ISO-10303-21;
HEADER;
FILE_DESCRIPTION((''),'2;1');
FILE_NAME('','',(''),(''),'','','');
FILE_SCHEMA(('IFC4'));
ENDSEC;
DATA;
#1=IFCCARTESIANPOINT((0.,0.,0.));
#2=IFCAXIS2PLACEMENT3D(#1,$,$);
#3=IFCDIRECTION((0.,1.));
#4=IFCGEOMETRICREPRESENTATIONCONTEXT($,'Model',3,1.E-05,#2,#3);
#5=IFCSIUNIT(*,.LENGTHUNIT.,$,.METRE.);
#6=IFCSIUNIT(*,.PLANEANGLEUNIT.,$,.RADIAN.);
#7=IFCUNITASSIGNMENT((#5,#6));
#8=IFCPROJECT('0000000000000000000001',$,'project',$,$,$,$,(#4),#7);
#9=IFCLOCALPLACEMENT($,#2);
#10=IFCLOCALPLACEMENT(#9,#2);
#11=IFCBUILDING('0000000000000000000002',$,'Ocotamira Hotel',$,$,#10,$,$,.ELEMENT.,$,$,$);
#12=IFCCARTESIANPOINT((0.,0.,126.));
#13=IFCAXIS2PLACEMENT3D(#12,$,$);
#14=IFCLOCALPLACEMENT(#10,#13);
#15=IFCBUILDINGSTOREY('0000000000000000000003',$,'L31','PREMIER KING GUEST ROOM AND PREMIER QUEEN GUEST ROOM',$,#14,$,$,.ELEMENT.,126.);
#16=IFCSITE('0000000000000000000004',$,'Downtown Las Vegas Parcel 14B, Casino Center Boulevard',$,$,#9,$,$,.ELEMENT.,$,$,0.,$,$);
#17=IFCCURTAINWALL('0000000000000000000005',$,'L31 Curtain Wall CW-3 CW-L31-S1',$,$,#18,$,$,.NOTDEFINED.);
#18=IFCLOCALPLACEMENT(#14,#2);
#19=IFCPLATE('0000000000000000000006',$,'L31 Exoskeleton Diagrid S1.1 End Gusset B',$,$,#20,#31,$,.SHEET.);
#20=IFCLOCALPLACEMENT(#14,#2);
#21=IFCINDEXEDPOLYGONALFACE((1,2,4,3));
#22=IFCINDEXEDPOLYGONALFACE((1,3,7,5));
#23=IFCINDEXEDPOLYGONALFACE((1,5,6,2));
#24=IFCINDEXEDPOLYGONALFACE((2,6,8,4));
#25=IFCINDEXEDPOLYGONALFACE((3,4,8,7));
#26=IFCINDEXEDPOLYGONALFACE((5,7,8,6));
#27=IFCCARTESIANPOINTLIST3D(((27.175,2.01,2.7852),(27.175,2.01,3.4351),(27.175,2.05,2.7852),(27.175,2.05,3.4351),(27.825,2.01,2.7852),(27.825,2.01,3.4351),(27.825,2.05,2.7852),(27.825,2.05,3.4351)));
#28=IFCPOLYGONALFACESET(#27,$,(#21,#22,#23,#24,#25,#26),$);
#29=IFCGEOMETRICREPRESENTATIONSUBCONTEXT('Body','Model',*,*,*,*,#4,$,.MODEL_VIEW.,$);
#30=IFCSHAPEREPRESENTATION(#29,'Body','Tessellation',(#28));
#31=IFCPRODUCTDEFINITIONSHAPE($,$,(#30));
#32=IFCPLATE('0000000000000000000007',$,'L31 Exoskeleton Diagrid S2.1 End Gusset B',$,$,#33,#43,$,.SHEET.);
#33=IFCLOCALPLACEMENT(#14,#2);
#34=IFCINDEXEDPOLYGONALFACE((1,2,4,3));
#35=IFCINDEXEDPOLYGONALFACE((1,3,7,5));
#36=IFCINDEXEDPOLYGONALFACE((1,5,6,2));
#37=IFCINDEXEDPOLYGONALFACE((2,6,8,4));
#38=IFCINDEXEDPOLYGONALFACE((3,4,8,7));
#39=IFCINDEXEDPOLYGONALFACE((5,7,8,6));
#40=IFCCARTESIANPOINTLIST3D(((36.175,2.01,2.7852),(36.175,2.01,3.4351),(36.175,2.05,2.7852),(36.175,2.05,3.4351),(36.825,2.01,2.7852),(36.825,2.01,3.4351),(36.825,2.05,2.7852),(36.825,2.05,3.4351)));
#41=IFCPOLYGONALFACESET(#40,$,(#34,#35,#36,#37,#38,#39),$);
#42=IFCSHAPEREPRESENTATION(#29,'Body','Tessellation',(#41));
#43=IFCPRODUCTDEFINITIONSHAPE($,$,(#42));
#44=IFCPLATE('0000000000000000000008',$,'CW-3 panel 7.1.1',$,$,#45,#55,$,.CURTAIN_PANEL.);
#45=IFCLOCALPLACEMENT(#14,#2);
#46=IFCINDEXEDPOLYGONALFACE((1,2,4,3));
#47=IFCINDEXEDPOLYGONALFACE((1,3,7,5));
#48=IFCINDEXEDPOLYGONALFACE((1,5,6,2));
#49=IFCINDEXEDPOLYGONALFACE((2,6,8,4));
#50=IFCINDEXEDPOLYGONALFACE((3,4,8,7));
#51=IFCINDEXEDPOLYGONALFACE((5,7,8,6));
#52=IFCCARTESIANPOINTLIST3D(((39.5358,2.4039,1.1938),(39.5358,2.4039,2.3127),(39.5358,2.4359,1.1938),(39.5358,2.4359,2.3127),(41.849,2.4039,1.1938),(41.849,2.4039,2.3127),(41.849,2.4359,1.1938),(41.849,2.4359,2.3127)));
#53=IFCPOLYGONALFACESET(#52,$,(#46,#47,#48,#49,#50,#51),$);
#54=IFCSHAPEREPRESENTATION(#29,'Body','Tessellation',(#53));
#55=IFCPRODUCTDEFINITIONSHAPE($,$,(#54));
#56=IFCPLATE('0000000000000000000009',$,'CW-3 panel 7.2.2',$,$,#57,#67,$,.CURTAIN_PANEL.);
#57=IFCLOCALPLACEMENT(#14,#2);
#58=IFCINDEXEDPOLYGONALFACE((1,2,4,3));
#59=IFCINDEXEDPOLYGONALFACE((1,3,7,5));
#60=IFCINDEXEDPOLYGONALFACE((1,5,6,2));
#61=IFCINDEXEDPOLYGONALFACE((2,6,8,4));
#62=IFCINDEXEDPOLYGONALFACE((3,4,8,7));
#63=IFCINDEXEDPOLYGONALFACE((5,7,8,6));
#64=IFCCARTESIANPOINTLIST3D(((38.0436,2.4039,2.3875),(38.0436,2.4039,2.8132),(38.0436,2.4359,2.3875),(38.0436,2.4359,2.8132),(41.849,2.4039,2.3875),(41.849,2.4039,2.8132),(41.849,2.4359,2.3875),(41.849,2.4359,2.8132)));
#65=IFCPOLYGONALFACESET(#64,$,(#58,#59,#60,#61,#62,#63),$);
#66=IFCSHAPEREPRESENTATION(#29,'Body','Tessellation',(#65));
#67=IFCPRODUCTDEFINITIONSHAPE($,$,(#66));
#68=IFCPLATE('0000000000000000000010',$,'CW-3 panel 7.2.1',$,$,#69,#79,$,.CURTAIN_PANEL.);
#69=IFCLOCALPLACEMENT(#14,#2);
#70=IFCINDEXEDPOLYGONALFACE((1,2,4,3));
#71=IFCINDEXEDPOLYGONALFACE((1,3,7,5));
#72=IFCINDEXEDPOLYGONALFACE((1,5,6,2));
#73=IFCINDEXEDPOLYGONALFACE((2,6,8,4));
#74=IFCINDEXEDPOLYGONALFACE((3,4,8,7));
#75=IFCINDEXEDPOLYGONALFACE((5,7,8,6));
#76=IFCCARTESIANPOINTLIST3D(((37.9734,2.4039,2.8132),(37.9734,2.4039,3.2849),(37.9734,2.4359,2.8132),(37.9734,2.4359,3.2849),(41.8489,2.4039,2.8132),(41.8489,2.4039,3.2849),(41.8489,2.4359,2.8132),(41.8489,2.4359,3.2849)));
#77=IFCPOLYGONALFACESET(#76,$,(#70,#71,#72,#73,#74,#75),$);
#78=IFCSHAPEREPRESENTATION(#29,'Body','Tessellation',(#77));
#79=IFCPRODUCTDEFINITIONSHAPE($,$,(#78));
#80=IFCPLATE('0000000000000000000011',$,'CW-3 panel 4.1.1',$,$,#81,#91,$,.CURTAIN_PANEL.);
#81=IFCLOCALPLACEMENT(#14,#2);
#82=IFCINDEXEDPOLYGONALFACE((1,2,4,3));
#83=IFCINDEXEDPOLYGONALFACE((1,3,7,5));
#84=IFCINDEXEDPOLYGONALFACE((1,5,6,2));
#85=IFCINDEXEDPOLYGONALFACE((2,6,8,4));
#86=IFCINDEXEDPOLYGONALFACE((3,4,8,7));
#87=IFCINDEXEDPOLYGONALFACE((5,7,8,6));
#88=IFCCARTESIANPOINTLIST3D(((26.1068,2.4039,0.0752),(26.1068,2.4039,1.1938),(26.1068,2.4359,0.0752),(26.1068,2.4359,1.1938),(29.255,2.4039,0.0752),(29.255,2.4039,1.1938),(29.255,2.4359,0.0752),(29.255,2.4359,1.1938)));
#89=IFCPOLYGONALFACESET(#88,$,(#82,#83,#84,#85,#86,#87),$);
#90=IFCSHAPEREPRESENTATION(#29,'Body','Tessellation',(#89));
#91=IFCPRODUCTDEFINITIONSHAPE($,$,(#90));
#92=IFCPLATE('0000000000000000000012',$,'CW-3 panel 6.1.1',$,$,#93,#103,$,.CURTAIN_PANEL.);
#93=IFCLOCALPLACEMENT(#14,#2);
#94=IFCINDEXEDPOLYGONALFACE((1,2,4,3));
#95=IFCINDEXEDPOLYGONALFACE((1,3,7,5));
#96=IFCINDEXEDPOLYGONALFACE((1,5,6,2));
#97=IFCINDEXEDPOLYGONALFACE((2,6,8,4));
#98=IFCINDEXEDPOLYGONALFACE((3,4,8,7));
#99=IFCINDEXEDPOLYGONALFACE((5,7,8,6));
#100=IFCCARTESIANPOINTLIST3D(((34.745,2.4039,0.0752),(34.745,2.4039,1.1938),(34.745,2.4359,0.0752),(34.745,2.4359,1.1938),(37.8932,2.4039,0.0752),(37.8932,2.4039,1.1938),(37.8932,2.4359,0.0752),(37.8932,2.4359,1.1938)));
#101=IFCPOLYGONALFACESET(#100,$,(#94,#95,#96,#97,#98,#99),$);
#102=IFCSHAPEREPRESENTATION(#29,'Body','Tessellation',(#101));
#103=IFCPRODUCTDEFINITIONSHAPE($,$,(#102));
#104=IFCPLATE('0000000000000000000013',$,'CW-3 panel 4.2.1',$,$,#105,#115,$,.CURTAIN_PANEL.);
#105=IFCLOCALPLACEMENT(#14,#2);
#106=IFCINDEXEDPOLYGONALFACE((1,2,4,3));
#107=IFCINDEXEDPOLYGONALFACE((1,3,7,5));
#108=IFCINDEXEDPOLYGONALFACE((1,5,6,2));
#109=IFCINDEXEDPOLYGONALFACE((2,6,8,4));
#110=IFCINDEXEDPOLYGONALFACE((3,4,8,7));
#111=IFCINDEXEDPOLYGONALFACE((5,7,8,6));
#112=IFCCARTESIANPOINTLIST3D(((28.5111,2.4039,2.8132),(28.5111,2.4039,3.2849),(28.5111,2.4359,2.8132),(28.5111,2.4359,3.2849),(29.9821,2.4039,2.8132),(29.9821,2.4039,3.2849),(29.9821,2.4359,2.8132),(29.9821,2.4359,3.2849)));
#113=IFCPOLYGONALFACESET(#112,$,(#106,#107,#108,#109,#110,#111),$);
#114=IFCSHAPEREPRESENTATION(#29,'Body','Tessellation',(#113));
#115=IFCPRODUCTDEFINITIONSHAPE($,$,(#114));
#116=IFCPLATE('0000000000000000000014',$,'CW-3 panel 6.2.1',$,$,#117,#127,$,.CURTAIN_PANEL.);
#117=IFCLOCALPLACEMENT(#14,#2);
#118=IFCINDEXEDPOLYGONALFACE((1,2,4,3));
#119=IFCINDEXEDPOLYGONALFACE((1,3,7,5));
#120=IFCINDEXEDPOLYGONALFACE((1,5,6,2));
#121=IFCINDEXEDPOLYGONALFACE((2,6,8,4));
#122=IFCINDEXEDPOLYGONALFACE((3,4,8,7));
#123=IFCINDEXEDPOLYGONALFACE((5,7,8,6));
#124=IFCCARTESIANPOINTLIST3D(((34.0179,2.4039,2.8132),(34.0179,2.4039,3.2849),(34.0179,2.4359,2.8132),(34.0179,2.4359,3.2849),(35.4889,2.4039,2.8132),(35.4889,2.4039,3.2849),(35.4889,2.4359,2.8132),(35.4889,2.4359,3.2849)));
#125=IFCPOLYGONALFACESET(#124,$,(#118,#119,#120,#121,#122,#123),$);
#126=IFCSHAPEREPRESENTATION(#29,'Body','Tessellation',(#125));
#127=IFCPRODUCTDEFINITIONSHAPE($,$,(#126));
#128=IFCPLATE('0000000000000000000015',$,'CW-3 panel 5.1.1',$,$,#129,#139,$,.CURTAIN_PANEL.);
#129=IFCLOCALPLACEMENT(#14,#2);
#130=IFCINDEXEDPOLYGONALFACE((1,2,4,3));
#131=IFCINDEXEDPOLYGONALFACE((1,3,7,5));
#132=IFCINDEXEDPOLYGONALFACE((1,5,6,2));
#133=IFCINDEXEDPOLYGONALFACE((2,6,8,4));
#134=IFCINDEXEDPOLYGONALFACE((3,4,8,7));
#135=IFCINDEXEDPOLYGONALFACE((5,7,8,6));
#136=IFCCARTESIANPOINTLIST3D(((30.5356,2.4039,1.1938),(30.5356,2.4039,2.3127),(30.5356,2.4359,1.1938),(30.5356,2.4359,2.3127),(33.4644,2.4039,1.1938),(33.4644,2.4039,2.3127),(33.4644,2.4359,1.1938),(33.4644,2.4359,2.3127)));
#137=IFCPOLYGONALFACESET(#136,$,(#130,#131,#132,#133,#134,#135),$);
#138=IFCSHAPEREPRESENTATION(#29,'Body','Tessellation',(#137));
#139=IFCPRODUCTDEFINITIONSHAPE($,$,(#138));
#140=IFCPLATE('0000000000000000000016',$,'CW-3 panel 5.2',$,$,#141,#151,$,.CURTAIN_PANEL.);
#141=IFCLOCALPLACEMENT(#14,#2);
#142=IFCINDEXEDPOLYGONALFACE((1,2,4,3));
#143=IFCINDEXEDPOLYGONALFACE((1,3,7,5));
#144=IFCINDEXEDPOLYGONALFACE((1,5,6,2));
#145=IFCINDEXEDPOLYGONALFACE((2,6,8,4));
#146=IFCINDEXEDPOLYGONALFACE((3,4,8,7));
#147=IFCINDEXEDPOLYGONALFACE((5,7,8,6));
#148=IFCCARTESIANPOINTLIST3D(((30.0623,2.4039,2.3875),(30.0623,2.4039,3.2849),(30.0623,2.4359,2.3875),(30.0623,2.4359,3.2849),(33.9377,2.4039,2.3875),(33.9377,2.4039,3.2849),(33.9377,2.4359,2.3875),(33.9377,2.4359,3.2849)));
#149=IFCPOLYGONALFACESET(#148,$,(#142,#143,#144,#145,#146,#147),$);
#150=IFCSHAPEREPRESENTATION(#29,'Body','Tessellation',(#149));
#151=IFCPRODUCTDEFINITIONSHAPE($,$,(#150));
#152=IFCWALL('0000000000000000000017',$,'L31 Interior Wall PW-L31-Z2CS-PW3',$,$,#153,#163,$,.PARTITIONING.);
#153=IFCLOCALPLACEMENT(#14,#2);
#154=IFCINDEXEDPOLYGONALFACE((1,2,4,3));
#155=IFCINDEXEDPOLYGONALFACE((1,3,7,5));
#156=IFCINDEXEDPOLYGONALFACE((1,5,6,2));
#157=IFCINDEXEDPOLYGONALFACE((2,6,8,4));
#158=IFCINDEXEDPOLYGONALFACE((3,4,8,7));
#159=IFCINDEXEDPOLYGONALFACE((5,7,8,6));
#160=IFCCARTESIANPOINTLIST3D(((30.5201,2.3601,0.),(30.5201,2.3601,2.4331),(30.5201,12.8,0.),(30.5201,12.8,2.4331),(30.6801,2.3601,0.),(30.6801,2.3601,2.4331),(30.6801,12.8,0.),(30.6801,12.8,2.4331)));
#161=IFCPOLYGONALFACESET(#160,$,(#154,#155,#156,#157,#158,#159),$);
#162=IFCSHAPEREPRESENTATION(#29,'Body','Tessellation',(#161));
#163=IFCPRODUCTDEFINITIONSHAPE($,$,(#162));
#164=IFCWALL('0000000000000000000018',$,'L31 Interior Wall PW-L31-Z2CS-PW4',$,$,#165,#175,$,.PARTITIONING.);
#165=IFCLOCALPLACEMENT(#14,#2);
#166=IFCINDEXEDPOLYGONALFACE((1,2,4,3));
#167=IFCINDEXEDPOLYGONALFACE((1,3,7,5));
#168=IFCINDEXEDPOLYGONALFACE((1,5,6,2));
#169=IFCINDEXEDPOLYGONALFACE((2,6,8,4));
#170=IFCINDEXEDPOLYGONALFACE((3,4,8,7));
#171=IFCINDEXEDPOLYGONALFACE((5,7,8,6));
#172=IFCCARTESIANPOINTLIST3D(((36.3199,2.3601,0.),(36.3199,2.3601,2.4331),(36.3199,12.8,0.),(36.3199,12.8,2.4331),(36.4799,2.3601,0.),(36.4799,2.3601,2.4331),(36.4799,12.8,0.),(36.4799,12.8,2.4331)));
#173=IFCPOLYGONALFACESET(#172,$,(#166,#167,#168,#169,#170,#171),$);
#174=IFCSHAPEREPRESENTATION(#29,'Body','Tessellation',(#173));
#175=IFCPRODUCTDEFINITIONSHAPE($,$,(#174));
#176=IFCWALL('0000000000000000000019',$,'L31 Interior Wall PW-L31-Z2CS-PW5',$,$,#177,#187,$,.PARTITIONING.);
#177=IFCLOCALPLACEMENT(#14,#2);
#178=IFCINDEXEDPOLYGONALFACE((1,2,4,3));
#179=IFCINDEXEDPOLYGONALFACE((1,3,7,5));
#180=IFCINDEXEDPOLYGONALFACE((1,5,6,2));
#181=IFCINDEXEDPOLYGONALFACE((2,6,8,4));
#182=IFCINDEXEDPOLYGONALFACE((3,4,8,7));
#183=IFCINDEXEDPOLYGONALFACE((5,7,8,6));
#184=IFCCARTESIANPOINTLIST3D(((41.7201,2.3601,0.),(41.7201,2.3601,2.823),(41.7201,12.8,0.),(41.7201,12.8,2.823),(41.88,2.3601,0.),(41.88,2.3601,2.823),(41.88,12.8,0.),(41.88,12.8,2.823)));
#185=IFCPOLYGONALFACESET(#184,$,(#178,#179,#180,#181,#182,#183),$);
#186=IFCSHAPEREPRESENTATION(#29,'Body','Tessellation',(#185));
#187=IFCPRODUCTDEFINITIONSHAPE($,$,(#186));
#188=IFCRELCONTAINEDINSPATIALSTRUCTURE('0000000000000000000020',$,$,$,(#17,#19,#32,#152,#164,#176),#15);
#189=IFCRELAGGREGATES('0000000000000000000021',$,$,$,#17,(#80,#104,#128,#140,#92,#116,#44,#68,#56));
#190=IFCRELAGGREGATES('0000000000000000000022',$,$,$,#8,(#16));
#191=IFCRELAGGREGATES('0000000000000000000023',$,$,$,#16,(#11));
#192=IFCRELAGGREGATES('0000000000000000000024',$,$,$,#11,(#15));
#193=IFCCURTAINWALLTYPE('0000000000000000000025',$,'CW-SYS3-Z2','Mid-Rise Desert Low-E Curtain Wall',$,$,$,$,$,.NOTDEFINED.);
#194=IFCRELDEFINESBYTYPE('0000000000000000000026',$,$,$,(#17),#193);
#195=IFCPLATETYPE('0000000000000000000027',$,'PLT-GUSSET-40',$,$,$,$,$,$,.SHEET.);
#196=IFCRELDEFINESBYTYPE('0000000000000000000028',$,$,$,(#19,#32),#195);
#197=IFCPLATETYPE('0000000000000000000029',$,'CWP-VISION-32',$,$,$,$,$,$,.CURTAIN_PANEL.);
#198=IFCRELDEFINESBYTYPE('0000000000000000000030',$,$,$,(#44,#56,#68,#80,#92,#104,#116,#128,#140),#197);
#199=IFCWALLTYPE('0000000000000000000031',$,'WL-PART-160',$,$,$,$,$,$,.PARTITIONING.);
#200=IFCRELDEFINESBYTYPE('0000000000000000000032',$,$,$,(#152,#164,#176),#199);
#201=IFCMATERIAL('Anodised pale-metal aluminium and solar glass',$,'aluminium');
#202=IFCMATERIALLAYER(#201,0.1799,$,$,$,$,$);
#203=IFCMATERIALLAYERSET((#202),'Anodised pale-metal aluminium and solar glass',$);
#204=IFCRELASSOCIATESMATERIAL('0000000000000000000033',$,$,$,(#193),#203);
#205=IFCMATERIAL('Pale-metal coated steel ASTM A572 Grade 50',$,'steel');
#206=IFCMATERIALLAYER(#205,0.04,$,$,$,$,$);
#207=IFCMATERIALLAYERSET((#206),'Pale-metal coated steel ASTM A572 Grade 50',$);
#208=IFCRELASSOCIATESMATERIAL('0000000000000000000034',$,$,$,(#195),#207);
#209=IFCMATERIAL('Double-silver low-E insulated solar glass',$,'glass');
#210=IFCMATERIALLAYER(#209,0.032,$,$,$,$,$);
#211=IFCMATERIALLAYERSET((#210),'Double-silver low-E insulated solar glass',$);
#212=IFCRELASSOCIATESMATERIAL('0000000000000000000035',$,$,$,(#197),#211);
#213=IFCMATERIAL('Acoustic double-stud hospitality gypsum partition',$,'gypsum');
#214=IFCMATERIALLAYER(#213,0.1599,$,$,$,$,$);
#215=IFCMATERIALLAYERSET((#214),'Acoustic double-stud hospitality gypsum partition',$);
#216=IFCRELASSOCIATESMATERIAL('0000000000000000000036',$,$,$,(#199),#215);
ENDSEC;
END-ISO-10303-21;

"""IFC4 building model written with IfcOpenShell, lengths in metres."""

from ifc_helpers import new_model, si_unit, direction, frame, frame_2d, origin, origin_2d, place, context, subcontext, project, spatial, rectangle, extrude, source, transform, mapped, material, layer, layer_set, type_object, element, aggregate, save


model = new_model("IFC4")

# Units and contexts
model_context = context("Model", 3, precision=1e-05, world=origin(), true_north=direction((0.0, 1.0)))
body_context = subcontext(model_context, "Body", "Model", "MODEL_VIEW")
ifc_project = project(units=[si_unit("LENGTHUNIT", "METRE"), si_unit("PLANEANGLEUNIT", "RADIAN")], contexts=[model_context])

# Site, building, storey
site_placement = place(None, origin())
site = spatial("IfcSite", under=ifc_project, at=site_placement, Name="Downtown Las Vegas Parcel 14B, Casino Center Boulevard", CompositionType="ELEMENT", RefElevation=0.0)
building_placement = place(site_placement, origin())
building = spatial("IfcBuilding", under=site, at=building_placement, Name="Ocotamira Hotel", CompositionType="ELEMENT")
storey_placement = place(building_placement, frame((0.0, 0.0, 126.0)))
storey = spatial("IfcBuildingStorey", under=building, at=storey_placement, Name="L31", Description="PREMIER KING GUEST ROOM AND PREMIER QUEEN GUEST ROOM", CompositionType="ELEMENT", Elevation=126.0)

# Curtain wall
ifc_material_1 = material(Name="Anodised pale-metal aluminium and solar glass", Category="aluminium")
ifc_layer_1 = layer(ifc_material_1, 0.1799)
ifc_layer_set_1 = layer_set([ifc_layer_1], Name="Anodised pale-metal aluminium and solar glass")
curtain_wall_type = type_object("IfcCurtainWallType", Name="CW-SYS3-Z2", Description="Mid-Rise Desert Low-E Curtain Wall", PredefinedType="NOTDEFINED", material=ifc_layer_set_1)
curtain_wall_placement = place(storey_placement, origin())
curtain_wall = element("IfcCurtainWall", 1, at=curtain_wall_placement, inside=storey, type_object=curtain_wall_type, Name="L31 Curtain Wall CW-3 CW-L31-S1", PredefinedType="NOTDEFINED")

# Plates
ifc_material_2 = material(Name="Pale-metal coated steel ASTM A572 Grade 50", Category="steel")
ifc_layer_2 = layer(ifc_material_2, 0.04)
ifc_layer_set_2 = layer_set([ifc_layer_2], Name="Pale-metal coated steel ASTM A572 Grade 50")
plate_type_1 = type_object("IfcPlateType", Name="PLT-GUSSET-40", PredefinedType="SHEET", material=ifc_layer_set_2)
shared_shape_1 = source(origin(), body_context, "Body", "SweptSolid", [
    extrude(rectangle(XDim=0.6499, YDim=0.04, at=origin_2d()), origin(), (0.0, 0.0, 1.0), 0.6499),
])
for number, where, z_axis, x_axis, name in (
    (2, (27.5, 2.03, 2.7852), (0.0, 0.0, 1.0), (1.0, 0.0, 0.0), "L31 Exoskeleton Diagrid S1.1 End Gusset B"),
    (3, (36.5, 2.03, 2.7852), (0.0, 0.0, 1.0), (1.0, 0.0, 0.0), "L31 Exoskeleton Diagrid S2.1 End Gusset B"),
):
    element("IfcPlate", number, at=place(storey_placement, frame(where, z_axis=z_axis, x_axis=x_axis)), inside=storey, type_object=plate_type_1, Name=name, PredefinedType="SHEET", context=body_context, shape_type="MappedRepresentation", body=[
        mapped(shared_shape_1, transform((0.0, 0.0, 0.0), scale=1.0)),
    ])

# Plates
ifc_material_3 = material(Name="Double-silver low-E insulated solar glass", Category="glass")
ifc_layer_3 = layer(ifc_material_3, 0.032)
ifc_layer_set_3 = layer_set([ifc_layer_3], Name="Double-silver low-E insulated solar glass")
plate_type_2 = type_object("IfcPlateType", Name="CWP-VISION-32", PredefinedType="CURTAIN_PANEL", material=ifc_layer_set_3)
shared_shape_2 = source(origin(), body_context, "Body", "SweptSolid", [
    extrude(rectangle(XDim=2.3132, YDim=0.032, at=origin_2d()), origin(), (0.0, 0.0, 1.0), 1.1189),
])
plate_1_placement = place(storey_placement, frame((40.6924, 2.4199, 1.1938), z_axis=(0.0, 0.0, 1.0), x_axis=(1.0, 0.0, 0.0)))
plate_1 = element("IfcPlate", 4, at=plate_1_placement, type_object=plate_type_2, Name="CW-3 panel 7.1.1", PredefinedType="CURTAIN_PANEL", context=body_context, shape_type="MappedRepresentation", body=[
    mapped(shared_shape_2, transform((0.0, 0.0, 0.0), scale=1.0)),
])
shared_shape_3 = source(origin(), body_context, "Body", "SweptSolid", [
    extrude(rectangle(XDim=3.8054, YDim=0.032, at=origin_2d()), origin(), (0.0, 0.0, 1.0), 0.4258),
])
plate_2_placement = place(storey_placement, frame((39.9463, 2.4199, 2.3875), z_axis=(0.0, 0.0, 1.0), x_axis=(1.0, 0.0, 0.0)))
plate_2 = element("IfcPlate", 5, at=plate_2_placement, type_object=plate_type_2, Name="CW-3 panel 7.2.2", PredefinedType="CURTAIN_PANEL", context=body_context, shape_type="MappedRepresentation", body=[
    mapped(shared_shape_3, transform((0.0, 0.0, 0.0), scale=1.0)),
])
shared_shape_4 = source(origin(), body_context, "Body", "SweptSolid", [
    extrude(rectangle(XDim=3.8755, YDim=0.032, at=origin_2d()), origin(), (0.0, 0.0, 1.0), 0.4717),
])
plate_3_placement = place(storey_placement, frame((39.9111, 2.4199, 2.8132), z_axis=(0.0, 0.0, 1.0), x_axis=(1.0, 0.0, 0.0)))
plate_3 = element("IfcPlate", 6, at=plate_3_placement, type_object=plate_type_2, Name="CW-3 panel 7.2.1", PredefinedType="CURTAIN_PANEL", context=body_context, shape_type="MappedRepresentation", body=[
    mapped(shared_shape_4, transform((0.0, 0.0, 0.0), scale=1.0)),
])
shared_shape_5 = source(origin(), body_context, "Body", "SweptSolid", [
    extrude(rectangle(XDim=3.1482, YDim=0.032, at=origin_2d()), origin(), (0.0, 0.0, 1.0), 1.1187),
])
plate_4_placement = place(storey_placement, frame((27.6809, 2.4199, 0.0752), z_axis=(0.0, 0.0, 1.0), x_axis=(1.0, 0.0, 0.0)))
plate_4 = element("IfcPlate", 7, at=plate_4_placement, type_object=plate_type_2, Name="CW-3 panel 4.1.1", PredefinedType="CURTAIN_PANEL", context=body_context, shape_type="MappedRepresentation", body=[
    mapped(shared_shape_5, transform((0.0, 0.0, 0.0), scale=1.0)),
])
plate_5_placement = place(storey_placement, frame((36.3191, 2.4199, 0.0752), z_axis=(0.0, 0.0, 1.0), x_axis=(1.0, 0.0, 0.0)))
plate_5 = element("IfcPlate", 8, at=plate_5_placement, type_object=plate_type_2, Name="CW-3 panel 6.1.1", PredefinedType="CURTAIN_PANEL", context=body_context, shape_type="MappedRepresentation", body=[
    mapped(shared_shape_5, transform((0.0, 0.0, 0.0), scale=1.0)),
])
shared_shape_6 = source(origin(), body_context, "Body", "SweptSolid", [
    extrude(rectangle(XDim=1.4709, YDim=0.032, at=origin_2d()), origin(), (0.0, 0.0, 1.0), 0.4717),
])
plate_6_placement = place(storey_placement, frame((29.2466, 2.4199, 2.8132), z_axis=(0.0, 0.0, 1.0), x_axis=(1.0, 0.0, 0.0)))
plate_6 = element("IfcPlate", 9, at=plate_6_placement, type_object=plate_type_2, Name="CW-3 panel 4.2.1", PredefinedType="CURTAIN_PANEL", context=body_context, shape_type="MappedRepresentation", body=[
    mapped(shared_shape_6, transform((0.0, 0.0, 0.0), scale=1.0)),
])
plate_7_placement = place(storey_placement, frame((34.7534, 2.4199, 2.8132), z_axis=(0.0, 0.0, 1.0), x_axis=(1.0, 0.0, 0.0)))
plate_7 = element("IfcPlate", 10, at=plate_7_placement, type_object=plate_type_2, Name="CW-3 panel 6.2.1", PredefinedType="CURTAIN_PANEL", context=body_context, shape_type="MappedRepresentation", body=[
    mapped(shared_shape_6, transform((0.0, 0.0, 0.0), scale=1.0)),
])
shared_shape_7 = source(origin(), body_context, "Body", "SweptSolid", [
    extrude(rectangle(XDim=2.9287, YDim=0.032, at=origin_2d()), origin(), (0.0, 0.0, 1.0), 1.1189),
])
plate_8_placement = place(storey_placement, frame((32.0, 2.4199, 1.1938), z_axis=(0.0, 0.0, 1.0), x_axis=(1.0, 0.0, 0.0)))
plate_8 = element("IfcPlate", 11, at=plate_8_placement, type_object=plate_type_2, Name="CW-3 panel 5.1.1", PredefinedType="CURTAIN_PANEL", context=body_context, shape_type="MappedRepresentation", body=[
    mapped(shared_shape_7, transform((0.0, 0.0, 0.0), scale=1.0)),
])
shared_shape_8 = source(origin(), body_context, "Body", "SweptSolid", [
    extrude(rectangle(XDim=3.8755, YDim=0.032, at=origin_2d()), origin(), (0.0, 0.0, 1.0), 0.8975),
])
plate_9_placement = place(storey_placement, frame((32.0, 2.4199, 2.3875), z_axis=(0.0, 0.0, 1.0), x_axis=(1.0, 0.0, 0.0)))
plate_9 = element("IfcPlate", 12, at=plate_9_placement, type_object=plate_type_2, Name="CW-3 panel 5.2", PredefinedType="CURTAIN_PANEL", context=body_context, shape_type="MappedRepresentation", body=[
    mapped(shared_shape_8, transform((0.0, 0.0, 0.0), scale=1.0)),
])
aggregate(curtain_wall, [plate_4, plate_6, plate_8, plate_9, plate_5, plate_7, plate_1, plate_3, plate_2])

# Walls
ifc_material_4 = material(Name="Acoustic double-stud hospitality gypsum partition", Category="gypsum")
ifc_layer_4 = layer(ifc_material_4, 0.1599)
ifc_layer_set_4 = layer_set([ifc_layer_4], Name="Acoustic double-stud hospitality gypsum partition")
wall_type = type_object("IfcWallType", Name="WL-PART-160", PredefinedType="PARTITIONING", material=ifc_layer_set_4)
for number, where, z_axis, x_axis, name in (
    (13, (30.6001, 2.3601, 0.0), (0.0, 0.0, 1.0), (0.0, 1.0, 0.0), "L31 Interior Wall PW-L31-Z2CS-PW3"),
    (14, (36.3999, 2.3601, 0.0), (0.0, 0.0, 1.0), (0.0, 1.0, 0.0), "L31 Interior Wall PW-L31-Z2CS-PW4"),
):
    element("IfcWall", number, at=place(storey_placement, frame(where, z_axis=z_axis, x_axis=x_axis)), inside=storey, type_object=wall_type, Name=name, PredefinedType="PARTITIONING", context=body_context, shape_type="SweptSolid", body=[
        extrude(rectangle(XDim=10.4399, YDim=0.1599, at=frame_2d((5.22, 0.0))), origin(), (0.0, 0.0, 1.0), 2.4331),
    ])
wall_placement = place(storey_placement, frame((41.8, 2.3601, 0.0), z_axis=(0.0, 0.0, 1.0), x_axis=(0.0, 1.0, 0.0)))
element("IfcWall", 15, at=wall_placement, inside=storey, type_object=wall_type, Name="L31 Interior Wall PW-L31-Z2CS-PW5", PredefinedType="PARTITIONING", context=body_context, shape_type="SweptSolid", body=[
    extrude(rectangle(XDim=10.4399, YDim=0.1599, at=frame_2d((5.22, 0.0))), origin(), (0.0, 0.0, 1.0), 2.823),
])

save(model, "model.ifc")
